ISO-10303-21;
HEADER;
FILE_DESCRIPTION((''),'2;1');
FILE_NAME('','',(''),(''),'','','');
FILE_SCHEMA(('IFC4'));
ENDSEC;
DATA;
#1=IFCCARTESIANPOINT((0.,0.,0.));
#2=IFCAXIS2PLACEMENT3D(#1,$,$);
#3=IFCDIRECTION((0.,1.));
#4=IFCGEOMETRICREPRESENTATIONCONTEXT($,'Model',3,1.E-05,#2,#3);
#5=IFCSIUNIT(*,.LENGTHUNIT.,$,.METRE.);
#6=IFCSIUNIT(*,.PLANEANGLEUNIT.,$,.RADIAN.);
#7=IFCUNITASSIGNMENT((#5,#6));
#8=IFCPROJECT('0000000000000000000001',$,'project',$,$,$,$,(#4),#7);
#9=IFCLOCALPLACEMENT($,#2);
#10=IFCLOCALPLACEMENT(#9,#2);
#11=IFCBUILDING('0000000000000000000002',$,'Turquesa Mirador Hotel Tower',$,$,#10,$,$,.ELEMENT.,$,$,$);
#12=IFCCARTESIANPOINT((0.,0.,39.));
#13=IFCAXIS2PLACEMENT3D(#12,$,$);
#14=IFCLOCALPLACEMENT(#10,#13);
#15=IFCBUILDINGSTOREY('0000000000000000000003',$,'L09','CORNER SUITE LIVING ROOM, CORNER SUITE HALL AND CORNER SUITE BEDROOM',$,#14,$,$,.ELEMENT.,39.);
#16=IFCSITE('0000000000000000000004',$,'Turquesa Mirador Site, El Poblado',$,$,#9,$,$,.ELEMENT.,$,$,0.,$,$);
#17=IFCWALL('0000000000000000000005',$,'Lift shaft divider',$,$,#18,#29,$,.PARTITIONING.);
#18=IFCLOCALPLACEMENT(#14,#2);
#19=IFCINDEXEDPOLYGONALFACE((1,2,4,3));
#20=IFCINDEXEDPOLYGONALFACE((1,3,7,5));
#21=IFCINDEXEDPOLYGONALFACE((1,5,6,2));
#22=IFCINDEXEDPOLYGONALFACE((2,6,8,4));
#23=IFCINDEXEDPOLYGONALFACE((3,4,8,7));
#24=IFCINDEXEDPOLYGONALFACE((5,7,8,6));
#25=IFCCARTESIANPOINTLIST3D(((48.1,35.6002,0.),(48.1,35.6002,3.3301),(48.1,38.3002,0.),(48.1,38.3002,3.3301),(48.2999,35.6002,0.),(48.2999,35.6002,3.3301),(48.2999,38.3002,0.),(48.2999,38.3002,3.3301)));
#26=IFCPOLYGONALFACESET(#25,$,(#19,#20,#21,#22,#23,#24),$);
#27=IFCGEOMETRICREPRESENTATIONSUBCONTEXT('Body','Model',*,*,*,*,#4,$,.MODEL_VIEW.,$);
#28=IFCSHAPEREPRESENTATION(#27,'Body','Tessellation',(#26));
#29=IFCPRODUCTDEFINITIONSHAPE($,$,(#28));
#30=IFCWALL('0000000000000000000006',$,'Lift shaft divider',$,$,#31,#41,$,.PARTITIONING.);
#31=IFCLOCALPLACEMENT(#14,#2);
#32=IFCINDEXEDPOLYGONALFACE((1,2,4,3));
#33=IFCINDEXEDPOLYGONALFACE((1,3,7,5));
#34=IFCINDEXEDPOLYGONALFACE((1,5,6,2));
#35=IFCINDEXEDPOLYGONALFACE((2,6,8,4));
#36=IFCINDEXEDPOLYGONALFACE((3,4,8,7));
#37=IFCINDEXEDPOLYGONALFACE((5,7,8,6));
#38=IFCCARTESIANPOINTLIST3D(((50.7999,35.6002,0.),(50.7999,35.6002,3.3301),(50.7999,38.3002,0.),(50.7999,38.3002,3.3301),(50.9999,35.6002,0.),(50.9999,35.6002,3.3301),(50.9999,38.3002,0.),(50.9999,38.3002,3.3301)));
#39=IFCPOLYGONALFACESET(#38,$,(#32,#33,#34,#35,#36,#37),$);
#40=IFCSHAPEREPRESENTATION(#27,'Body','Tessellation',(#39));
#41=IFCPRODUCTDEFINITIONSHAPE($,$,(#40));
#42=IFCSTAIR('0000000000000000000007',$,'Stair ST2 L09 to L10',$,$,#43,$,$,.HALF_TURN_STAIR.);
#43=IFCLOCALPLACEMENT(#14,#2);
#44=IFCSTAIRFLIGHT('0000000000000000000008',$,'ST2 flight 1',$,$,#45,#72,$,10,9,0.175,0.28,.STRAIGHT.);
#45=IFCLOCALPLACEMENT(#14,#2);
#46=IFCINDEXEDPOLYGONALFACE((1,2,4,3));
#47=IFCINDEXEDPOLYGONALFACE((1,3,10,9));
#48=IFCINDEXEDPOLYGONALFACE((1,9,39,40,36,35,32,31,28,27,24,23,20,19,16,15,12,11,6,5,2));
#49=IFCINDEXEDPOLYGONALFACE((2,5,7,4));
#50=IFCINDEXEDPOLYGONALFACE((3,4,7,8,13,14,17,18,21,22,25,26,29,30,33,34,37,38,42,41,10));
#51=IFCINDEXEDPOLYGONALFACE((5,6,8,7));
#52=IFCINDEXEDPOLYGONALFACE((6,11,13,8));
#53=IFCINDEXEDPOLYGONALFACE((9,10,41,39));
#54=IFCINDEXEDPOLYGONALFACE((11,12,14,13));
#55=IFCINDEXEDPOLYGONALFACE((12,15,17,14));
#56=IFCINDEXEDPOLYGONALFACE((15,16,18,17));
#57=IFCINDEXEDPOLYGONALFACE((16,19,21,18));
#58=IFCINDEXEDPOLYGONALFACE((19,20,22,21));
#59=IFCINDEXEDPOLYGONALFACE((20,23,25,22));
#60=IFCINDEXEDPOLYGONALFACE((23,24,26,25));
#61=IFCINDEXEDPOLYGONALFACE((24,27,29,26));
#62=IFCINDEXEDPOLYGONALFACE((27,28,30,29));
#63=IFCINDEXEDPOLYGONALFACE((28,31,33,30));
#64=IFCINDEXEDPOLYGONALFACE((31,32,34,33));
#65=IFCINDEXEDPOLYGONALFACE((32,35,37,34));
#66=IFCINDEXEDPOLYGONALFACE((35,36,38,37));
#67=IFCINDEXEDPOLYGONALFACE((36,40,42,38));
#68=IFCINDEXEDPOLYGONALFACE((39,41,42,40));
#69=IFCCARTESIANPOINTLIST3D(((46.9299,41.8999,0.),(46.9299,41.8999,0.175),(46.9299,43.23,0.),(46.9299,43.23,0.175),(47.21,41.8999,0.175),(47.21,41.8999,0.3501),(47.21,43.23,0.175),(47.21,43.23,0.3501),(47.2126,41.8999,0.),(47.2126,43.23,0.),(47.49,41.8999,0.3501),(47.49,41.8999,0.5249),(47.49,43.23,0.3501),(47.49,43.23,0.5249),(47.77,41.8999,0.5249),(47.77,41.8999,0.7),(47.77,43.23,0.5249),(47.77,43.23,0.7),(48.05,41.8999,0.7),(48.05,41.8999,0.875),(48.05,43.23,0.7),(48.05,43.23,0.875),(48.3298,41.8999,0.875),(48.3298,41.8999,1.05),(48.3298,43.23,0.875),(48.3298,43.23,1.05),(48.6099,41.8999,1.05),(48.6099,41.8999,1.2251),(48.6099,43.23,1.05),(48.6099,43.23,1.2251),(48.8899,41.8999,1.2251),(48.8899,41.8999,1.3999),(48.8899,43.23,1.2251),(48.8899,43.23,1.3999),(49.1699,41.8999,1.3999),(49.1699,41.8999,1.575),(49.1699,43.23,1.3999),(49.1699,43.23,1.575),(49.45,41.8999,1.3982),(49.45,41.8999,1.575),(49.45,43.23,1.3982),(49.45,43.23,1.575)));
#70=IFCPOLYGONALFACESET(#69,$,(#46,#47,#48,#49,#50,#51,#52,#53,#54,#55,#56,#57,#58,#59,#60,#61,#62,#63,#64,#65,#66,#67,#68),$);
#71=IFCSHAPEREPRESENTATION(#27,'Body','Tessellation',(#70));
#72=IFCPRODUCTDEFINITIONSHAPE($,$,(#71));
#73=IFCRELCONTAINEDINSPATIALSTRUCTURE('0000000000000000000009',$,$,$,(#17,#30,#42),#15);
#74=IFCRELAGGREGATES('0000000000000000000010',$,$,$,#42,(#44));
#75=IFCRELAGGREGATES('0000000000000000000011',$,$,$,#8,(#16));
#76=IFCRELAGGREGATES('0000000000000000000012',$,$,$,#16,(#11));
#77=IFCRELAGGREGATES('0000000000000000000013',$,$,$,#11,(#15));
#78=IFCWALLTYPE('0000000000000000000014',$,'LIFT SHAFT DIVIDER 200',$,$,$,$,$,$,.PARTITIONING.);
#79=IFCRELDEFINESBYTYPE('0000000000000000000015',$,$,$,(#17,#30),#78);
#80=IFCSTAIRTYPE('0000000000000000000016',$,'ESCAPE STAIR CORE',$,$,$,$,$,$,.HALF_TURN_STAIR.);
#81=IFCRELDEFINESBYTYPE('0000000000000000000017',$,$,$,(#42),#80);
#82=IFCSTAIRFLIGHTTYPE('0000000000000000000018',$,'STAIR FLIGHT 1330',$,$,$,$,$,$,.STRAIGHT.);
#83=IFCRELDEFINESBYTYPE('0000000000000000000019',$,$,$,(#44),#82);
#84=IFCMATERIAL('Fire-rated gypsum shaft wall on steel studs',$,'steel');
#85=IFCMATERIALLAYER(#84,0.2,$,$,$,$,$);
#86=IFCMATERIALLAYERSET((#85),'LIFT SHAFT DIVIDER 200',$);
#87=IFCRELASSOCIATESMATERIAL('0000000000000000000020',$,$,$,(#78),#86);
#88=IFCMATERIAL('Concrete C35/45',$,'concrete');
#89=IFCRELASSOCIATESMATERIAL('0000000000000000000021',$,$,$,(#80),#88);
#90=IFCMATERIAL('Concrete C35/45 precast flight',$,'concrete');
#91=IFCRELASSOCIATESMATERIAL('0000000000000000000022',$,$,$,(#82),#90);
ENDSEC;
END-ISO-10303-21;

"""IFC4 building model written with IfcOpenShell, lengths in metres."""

from ifc_helpers import new_model, si_unit, direction, frame, frame_2d, origin, place, context, subcontext, project, spatial, polyline, rectangle, outline, extrude, material, layer, layer_set, type_object, element, aggregate, save


model = new_model("IFC4")

# Units and contexts
model_context = context("Model", 3, precision=1e-05, world=origin(), true_north=direction((0.0, 1.0)))
body_context = subcontext(model_context, "Body", "Model", "MODEL_VIEW")
ifc_project = project(units=[si_unit("LENGTHUNIT", "METRE"), si_unit("PLANEANGLEUNIT", "RADIAN")], contexts=[model_context])

# Site, building, storey
site_placement = place(None, origin())
site = spatial("IfcSite", under=ifc_project, at=site_placement, Name="Turquesa Mirador Site, El Poblado", CompositionType="ELEMENT", RefElevation=0.0)
building_placement = place(site_placement, origin())
building = spatial("IfcBuilding", under=site, at=building_placement, Name="Turquesa Mirador Hotel Tower", CompositionType="ELEMENT")
storey_placement = place(building_placement, frame((0.0, 0.0, 39.0)))
storey = spatial("IfcBuildingStorey", under=building, at=storey_placement, Name="L09", Description="CORNER SUITE LIVING ROOM, CORNER SUITE HALL AND CORNER SUITE BEDROOM", CompositionType="ELEMENT", Elevation=39.0)

# Walls
ifc_material_1 = material(Name="Fire-rated gypsum shaft wall on steel studs", Category="steel")
ifc_layer_1 = layer(ifc_material_1, 0.2)
ifc_layer_set_1 = layer_set([ifc_layer_1], Name="LIFT SHAFT DIVIDER 200")
wall_type_1 = type_object("IfcWallType", Name="LIFT SHAFT DIVIDER 200", PredefinedType="PARTITIONING", material=ifc_layer_set_1)
for number, where, z_axis, x_axis, name in (
    (1, (48.2, 35.6001, 0.0), (0.0, 0.0, 1.0), (0.0, 1.0, 0.0), "Lift shaft divider"),
    (2, (50.8999, 35.6001, 0.0), (0.0, 0.0, 1.0), (0.0, 1.0, 0.0), "Lift shaft divider"),
):
    element("IfcWall", number, at=place(storey_placement, frame(where, z_axis=z_axis, x_axis=x_axis)), inside=storey, type_object=wall_type_1, Name=name, PredefinedType="PARTITIONING", context=body_context, shape_type="SweptSolid", body=[
        extrude(rectangle(XDim=2.7, YDim=0.2, at=frame_2d((1.3501, 0.0))), origin(), (0.0, 0.0, 1.0), 3.3301),
    ])

# Stair, stair flight
ifc_material_2 = material(Name="Concrete C35/45", Category="concrete")
stair_type = type_object("IfcStairType", Name="ESCAPE STAIR CORE", PredefinedType="HALF_TURN_STAIR", material=ifc_material_2)
stair_placement = place(storey_placement, origin())
stair = element("IfcStair", 3, at=stair_placement, inside=storey, type_object=stair_type, Name="Stair ST2 L09 to L10", PredefinedType="HALF_TURN_STAIR")
ifc_material_3 = material(Name="Concrete C35/45 precast flight", Category="concrete")
stair_flight_type = type_object("IfcStairFlightType", Name="STAIR FLIGHT 1330", PredefinedType="STRAIGHT", material=ifc_material_3)
stair_flight_placement = place(storey_placement, frame((46.9299, 42.5649, 0.0), z_axis=(0.0, 0.0, 1.0), x_axis=(1.0, 0.0, 0.0)))
stair_flight = element("IfcStairFlight", 4, at=stair_flight_placement, type_object=stair_flight_type, Name="ST2 flight 1", NumberOfRisers=10, NumberOfTreads=9, PredefinedType="STRAIGHT", RiserHeight=0.175, TreadLength=0.28, context=body_context, shape_type="SweptSolid", body=[
    extrude(outline(polyline([(0.0, 0.0), (0.0, 0.175), (0.28, 0.175), (0.28, 0.3501), (0.5601, 0.3501), (0.5601, 0.5249), (0.8401, 0.5249), (0.8401, 0.7), (1.1201, 0.7), (1.1201, 0.875), (1.3999, 0.875), (1.3999, 1.05), (1.6799, 1.05), (1.6799, 1.2251), (1.96, 1.2251), (1.96, 1.3999), (2.24, 1.3999), (2.24, 1.575), (2.52, 1.575), (2.52, 1.75), (2.52, 1.3982), (0.2827, 0.0), (0.0, 0.0)])), frame((0.0, 0.665, 0.0), z_axis=(0.0, -1.0, 0.0), x_axis=(1.0, 0.0, 0.0)), (0.0, 0.0, 1.0), 1.3301),
])
aggregate(stair, [stair_flight])

save(model, "model.ifc")
